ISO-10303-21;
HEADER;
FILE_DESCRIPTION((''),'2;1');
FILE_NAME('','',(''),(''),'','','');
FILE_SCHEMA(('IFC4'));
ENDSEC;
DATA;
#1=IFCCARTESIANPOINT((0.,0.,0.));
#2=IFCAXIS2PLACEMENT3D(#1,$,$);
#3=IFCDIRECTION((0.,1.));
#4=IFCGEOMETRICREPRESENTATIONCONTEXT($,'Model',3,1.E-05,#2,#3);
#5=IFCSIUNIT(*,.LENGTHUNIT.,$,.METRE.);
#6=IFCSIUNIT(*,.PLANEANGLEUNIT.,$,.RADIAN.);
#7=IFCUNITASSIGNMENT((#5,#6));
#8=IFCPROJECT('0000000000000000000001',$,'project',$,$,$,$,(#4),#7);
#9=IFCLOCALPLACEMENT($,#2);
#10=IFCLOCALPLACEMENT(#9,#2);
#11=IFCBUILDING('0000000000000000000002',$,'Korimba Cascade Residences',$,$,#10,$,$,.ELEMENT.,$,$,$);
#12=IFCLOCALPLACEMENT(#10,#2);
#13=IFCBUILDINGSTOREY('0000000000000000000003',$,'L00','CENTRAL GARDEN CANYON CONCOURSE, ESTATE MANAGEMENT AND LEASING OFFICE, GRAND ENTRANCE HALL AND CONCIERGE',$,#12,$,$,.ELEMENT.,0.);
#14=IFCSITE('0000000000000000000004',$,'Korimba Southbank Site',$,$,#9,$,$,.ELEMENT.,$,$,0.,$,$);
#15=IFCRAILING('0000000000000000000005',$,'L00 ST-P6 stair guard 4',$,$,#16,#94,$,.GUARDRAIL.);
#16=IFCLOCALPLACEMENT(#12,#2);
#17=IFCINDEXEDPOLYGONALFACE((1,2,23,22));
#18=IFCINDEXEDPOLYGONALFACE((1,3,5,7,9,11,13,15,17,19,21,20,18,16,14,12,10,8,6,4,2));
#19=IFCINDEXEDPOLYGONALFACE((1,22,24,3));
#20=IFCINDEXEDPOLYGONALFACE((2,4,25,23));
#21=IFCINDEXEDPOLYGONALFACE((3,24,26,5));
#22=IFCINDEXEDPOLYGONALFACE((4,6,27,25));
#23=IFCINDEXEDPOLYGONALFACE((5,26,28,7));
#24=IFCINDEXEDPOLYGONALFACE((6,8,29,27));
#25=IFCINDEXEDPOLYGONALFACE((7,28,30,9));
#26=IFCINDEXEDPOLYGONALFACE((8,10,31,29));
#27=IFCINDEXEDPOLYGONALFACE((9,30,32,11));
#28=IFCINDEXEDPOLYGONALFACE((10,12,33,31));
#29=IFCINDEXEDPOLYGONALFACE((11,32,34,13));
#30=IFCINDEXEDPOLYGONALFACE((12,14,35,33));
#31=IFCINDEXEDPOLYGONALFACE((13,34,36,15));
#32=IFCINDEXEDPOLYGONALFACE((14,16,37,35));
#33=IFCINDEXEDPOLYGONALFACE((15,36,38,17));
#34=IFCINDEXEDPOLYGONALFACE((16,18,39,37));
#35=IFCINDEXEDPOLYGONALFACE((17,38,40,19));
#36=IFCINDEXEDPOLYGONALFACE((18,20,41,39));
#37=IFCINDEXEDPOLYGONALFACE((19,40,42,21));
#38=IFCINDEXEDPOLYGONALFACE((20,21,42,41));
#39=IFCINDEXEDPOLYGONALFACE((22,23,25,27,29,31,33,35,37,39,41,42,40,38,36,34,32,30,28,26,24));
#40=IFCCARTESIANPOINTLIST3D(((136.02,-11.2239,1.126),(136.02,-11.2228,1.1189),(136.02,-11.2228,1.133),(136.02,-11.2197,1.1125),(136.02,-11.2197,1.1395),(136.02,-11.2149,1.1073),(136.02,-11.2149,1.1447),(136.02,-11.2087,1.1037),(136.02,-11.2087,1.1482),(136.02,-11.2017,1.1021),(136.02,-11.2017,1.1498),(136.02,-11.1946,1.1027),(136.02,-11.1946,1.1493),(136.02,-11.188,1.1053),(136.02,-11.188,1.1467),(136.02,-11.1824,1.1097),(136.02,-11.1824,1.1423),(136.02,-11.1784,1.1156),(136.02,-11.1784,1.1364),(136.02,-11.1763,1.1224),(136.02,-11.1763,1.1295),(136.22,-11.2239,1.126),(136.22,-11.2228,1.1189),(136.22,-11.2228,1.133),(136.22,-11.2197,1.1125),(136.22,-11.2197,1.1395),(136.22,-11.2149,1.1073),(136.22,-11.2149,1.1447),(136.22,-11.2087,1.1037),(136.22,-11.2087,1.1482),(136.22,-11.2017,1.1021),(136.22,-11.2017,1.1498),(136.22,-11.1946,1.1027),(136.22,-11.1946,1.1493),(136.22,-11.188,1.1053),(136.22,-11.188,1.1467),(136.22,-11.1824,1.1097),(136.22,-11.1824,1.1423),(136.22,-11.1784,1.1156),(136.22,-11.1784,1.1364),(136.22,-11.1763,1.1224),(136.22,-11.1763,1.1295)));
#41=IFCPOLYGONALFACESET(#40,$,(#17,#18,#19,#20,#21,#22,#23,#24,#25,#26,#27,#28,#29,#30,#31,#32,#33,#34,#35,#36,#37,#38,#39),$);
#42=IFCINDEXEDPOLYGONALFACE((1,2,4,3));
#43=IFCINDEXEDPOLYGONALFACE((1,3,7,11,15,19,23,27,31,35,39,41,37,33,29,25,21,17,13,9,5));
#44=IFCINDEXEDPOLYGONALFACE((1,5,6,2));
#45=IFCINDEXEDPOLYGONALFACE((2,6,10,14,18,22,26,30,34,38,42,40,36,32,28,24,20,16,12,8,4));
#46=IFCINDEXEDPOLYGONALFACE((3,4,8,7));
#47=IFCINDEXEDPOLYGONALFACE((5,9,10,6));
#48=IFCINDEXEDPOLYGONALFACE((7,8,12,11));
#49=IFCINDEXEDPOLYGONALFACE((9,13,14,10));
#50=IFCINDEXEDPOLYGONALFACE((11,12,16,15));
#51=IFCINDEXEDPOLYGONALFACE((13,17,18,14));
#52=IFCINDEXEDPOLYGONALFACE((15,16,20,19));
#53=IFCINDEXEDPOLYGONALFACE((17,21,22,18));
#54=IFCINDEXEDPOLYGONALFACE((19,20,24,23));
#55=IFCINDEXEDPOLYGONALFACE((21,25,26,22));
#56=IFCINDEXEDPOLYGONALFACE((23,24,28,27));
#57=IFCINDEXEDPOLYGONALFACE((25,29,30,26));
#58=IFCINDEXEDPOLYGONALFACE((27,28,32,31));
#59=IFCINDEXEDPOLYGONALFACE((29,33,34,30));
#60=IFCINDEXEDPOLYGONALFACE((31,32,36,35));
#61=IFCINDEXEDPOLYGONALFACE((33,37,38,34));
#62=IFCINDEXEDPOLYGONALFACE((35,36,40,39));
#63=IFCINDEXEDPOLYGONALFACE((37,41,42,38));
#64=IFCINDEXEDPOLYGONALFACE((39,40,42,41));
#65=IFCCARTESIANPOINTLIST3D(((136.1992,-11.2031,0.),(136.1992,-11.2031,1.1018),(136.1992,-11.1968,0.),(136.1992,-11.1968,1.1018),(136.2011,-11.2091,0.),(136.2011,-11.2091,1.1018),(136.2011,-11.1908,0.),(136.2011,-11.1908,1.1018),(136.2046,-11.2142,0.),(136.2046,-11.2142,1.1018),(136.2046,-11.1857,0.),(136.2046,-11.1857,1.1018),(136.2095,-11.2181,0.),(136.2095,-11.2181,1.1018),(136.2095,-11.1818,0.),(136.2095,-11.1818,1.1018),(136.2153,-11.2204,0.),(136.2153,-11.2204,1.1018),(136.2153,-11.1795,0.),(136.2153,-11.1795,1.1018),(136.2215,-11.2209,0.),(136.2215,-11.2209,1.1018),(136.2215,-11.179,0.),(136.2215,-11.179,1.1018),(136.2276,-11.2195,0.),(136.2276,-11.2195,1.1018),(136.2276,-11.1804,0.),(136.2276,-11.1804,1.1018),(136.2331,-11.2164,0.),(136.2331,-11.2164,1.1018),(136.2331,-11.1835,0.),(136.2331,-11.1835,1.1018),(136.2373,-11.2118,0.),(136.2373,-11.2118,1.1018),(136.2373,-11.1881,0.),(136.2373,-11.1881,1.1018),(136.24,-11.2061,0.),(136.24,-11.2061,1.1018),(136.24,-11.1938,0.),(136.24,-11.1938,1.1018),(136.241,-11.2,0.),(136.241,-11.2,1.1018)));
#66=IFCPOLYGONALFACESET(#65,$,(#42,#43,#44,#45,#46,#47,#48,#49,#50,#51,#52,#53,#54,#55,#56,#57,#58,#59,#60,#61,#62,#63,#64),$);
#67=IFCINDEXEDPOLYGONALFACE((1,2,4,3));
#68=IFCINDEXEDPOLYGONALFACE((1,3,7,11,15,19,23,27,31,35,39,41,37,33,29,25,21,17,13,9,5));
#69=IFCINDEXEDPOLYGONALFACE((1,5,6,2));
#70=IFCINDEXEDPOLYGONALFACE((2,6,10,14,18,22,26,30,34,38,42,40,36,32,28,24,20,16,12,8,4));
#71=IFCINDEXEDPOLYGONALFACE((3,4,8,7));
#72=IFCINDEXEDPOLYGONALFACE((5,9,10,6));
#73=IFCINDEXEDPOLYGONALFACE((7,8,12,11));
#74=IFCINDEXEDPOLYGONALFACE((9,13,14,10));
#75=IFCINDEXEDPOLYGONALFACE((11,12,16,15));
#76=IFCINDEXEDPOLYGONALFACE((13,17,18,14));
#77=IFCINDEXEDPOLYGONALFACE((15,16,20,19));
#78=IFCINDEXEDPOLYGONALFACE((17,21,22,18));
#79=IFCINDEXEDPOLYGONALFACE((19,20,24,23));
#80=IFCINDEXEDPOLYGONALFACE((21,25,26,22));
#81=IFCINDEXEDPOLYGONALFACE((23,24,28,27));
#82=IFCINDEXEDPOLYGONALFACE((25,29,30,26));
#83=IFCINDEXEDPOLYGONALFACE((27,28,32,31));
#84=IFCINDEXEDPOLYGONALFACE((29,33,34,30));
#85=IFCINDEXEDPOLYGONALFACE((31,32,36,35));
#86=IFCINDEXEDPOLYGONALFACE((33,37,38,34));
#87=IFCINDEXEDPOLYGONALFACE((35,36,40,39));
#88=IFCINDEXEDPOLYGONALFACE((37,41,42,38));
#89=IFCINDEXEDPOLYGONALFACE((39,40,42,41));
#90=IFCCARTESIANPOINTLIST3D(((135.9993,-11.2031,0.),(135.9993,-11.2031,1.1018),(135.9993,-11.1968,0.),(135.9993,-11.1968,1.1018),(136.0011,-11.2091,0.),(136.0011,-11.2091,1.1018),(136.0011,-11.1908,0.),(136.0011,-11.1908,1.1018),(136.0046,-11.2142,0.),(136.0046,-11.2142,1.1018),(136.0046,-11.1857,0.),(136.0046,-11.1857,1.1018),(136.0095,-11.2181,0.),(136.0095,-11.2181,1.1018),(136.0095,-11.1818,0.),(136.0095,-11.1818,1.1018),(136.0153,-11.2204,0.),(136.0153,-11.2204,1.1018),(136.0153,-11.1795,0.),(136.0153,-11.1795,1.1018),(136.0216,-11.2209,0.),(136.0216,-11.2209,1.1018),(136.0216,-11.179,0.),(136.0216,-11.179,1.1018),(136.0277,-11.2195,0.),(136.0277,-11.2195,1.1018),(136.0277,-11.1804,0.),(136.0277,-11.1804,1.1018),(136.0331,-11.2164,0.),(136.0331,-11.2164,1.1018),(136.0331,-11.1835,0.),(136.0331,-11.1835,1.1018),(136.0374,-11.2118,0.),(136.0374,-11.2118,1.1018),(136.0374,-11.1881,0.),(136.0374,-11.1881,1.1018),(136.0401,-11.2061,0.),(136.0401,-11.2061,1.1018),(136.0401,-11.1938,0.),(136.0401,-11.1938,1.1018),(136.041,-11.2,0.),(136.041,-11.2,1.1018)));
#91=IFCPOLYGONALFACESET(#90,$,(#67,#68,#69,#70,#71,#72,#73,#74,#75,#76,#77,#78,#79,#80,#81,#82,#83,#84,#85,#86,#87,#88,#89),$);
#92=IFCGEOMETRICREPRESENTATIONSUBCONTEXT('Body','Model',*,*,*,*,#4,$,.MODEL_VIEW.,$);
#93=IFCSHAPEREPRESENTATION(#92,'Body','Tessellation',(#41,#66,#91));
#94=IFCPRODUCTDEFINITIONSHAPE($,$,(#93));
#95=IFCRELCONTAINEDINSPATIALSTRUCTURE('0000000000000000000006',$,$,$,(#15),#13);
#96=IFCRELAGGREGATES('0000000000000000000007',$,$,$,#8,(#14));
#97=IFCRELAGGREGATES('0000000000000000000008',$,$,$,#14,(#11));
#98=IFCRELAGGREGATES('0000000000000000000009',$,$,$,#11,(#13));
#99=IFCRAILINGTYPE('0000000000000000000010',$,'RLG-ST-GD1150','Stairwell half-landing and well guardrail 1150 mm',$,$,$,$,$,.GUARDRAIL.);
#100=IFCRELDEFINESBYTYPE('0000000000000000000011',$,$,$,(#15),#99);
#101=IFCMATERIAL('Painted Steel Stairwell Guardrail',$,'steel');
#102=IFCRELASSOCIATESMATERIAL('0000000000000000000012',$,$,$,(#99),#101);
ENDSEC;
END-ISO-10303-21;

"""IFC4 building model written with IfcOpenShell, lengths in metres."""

from ifc_helpers import new_model, si_unit, direction, frame, origin, origin_2d, place, context, subcontext, project, spatial, circle, extrude, material, type_object, element, save


model = new_model("IFC4")

# Units and contexts
model_context = context("Model", 3, precision=1e-05, world=origin(), true_north=direction((0.0, 1.0)))
body_context = subcontext(model_context, "Body", "Model", "MODEL_VIEW")
ifc_project = project(units=[si_unit("LENGTHUNIT", "METRE"), si_unit("PLANEANGLEUNIT", "RADIAN")], contexts=[model_context])

# Site, building, storey
site_placement = place(None, origin())
site = spatial("IfcSite", under=ifc_project, at=site_placement, Name="Korimba Southbank Site", CompositionType="ELEMENT", RefElevation=0.0)
building_placement = place(site_placement, origin())
building = spatial("IfcBuilding", under=site, at=building_placement, Name="Korimba Cascade Residences", CompositionType="ELEMENT")
storey_placement = place(building_placement, origin())
storey = spatial("IfcBuildingStorey", under=building, at=storey_placement, Name="L00", Description="CENTRAL GARDEN CANYON CONCOURSE, ESTATE MANAGEMENT AND LEASING OFFICE, GRAND ENTRANCE HALL AND CONCIERGE", CompositionType="ELEMENT", Elevation=0.0)

# Railing
ifc_material_1 = material(Name="Painted Steel Stairwell Guardrail", Category="steel")
railing_type_1 = type_object("IfcRailingType", Name="RLG-ST-GD1150", Description="Stairwell half-landing and well guardrail 1150 mm", PredefinedType="GUARDRAIL", material=ifc_material_1)
railing_1_placement = place(storey_placement, frame((136.22, -11.2, 0.0)))
element("IfcRailing", 1, at=railing_1_placement, inside=storey, type_object=railing_type_1, Name="L00 ST-P6 stair guard 4", PredefinedType="GUARDRAIL", context=body_context, shape_type="SweptSolid", body=[
    extrude(circle(Radius=0.0239, at=origin_2d()), frame((0.0, 0.0, 1.126), z_axis=(-1.0, 0.0, 0.0), x_axis=(0.0, -1.0, 0.0)), (0.0, 0.0, 1.0), 0.2),
    extrude(circle(Radius=0.021, at=origin_2d()), origin(), (0.0, 0.0, 1.0), 1.1018),
    extrude(circle(Radius=0.021, at=origin_2d()), frame((-0.2, 0.0, 0.0)), (0.0, 0.0, 1.0), 1.1018),
])

save(model, "model.ifc")
